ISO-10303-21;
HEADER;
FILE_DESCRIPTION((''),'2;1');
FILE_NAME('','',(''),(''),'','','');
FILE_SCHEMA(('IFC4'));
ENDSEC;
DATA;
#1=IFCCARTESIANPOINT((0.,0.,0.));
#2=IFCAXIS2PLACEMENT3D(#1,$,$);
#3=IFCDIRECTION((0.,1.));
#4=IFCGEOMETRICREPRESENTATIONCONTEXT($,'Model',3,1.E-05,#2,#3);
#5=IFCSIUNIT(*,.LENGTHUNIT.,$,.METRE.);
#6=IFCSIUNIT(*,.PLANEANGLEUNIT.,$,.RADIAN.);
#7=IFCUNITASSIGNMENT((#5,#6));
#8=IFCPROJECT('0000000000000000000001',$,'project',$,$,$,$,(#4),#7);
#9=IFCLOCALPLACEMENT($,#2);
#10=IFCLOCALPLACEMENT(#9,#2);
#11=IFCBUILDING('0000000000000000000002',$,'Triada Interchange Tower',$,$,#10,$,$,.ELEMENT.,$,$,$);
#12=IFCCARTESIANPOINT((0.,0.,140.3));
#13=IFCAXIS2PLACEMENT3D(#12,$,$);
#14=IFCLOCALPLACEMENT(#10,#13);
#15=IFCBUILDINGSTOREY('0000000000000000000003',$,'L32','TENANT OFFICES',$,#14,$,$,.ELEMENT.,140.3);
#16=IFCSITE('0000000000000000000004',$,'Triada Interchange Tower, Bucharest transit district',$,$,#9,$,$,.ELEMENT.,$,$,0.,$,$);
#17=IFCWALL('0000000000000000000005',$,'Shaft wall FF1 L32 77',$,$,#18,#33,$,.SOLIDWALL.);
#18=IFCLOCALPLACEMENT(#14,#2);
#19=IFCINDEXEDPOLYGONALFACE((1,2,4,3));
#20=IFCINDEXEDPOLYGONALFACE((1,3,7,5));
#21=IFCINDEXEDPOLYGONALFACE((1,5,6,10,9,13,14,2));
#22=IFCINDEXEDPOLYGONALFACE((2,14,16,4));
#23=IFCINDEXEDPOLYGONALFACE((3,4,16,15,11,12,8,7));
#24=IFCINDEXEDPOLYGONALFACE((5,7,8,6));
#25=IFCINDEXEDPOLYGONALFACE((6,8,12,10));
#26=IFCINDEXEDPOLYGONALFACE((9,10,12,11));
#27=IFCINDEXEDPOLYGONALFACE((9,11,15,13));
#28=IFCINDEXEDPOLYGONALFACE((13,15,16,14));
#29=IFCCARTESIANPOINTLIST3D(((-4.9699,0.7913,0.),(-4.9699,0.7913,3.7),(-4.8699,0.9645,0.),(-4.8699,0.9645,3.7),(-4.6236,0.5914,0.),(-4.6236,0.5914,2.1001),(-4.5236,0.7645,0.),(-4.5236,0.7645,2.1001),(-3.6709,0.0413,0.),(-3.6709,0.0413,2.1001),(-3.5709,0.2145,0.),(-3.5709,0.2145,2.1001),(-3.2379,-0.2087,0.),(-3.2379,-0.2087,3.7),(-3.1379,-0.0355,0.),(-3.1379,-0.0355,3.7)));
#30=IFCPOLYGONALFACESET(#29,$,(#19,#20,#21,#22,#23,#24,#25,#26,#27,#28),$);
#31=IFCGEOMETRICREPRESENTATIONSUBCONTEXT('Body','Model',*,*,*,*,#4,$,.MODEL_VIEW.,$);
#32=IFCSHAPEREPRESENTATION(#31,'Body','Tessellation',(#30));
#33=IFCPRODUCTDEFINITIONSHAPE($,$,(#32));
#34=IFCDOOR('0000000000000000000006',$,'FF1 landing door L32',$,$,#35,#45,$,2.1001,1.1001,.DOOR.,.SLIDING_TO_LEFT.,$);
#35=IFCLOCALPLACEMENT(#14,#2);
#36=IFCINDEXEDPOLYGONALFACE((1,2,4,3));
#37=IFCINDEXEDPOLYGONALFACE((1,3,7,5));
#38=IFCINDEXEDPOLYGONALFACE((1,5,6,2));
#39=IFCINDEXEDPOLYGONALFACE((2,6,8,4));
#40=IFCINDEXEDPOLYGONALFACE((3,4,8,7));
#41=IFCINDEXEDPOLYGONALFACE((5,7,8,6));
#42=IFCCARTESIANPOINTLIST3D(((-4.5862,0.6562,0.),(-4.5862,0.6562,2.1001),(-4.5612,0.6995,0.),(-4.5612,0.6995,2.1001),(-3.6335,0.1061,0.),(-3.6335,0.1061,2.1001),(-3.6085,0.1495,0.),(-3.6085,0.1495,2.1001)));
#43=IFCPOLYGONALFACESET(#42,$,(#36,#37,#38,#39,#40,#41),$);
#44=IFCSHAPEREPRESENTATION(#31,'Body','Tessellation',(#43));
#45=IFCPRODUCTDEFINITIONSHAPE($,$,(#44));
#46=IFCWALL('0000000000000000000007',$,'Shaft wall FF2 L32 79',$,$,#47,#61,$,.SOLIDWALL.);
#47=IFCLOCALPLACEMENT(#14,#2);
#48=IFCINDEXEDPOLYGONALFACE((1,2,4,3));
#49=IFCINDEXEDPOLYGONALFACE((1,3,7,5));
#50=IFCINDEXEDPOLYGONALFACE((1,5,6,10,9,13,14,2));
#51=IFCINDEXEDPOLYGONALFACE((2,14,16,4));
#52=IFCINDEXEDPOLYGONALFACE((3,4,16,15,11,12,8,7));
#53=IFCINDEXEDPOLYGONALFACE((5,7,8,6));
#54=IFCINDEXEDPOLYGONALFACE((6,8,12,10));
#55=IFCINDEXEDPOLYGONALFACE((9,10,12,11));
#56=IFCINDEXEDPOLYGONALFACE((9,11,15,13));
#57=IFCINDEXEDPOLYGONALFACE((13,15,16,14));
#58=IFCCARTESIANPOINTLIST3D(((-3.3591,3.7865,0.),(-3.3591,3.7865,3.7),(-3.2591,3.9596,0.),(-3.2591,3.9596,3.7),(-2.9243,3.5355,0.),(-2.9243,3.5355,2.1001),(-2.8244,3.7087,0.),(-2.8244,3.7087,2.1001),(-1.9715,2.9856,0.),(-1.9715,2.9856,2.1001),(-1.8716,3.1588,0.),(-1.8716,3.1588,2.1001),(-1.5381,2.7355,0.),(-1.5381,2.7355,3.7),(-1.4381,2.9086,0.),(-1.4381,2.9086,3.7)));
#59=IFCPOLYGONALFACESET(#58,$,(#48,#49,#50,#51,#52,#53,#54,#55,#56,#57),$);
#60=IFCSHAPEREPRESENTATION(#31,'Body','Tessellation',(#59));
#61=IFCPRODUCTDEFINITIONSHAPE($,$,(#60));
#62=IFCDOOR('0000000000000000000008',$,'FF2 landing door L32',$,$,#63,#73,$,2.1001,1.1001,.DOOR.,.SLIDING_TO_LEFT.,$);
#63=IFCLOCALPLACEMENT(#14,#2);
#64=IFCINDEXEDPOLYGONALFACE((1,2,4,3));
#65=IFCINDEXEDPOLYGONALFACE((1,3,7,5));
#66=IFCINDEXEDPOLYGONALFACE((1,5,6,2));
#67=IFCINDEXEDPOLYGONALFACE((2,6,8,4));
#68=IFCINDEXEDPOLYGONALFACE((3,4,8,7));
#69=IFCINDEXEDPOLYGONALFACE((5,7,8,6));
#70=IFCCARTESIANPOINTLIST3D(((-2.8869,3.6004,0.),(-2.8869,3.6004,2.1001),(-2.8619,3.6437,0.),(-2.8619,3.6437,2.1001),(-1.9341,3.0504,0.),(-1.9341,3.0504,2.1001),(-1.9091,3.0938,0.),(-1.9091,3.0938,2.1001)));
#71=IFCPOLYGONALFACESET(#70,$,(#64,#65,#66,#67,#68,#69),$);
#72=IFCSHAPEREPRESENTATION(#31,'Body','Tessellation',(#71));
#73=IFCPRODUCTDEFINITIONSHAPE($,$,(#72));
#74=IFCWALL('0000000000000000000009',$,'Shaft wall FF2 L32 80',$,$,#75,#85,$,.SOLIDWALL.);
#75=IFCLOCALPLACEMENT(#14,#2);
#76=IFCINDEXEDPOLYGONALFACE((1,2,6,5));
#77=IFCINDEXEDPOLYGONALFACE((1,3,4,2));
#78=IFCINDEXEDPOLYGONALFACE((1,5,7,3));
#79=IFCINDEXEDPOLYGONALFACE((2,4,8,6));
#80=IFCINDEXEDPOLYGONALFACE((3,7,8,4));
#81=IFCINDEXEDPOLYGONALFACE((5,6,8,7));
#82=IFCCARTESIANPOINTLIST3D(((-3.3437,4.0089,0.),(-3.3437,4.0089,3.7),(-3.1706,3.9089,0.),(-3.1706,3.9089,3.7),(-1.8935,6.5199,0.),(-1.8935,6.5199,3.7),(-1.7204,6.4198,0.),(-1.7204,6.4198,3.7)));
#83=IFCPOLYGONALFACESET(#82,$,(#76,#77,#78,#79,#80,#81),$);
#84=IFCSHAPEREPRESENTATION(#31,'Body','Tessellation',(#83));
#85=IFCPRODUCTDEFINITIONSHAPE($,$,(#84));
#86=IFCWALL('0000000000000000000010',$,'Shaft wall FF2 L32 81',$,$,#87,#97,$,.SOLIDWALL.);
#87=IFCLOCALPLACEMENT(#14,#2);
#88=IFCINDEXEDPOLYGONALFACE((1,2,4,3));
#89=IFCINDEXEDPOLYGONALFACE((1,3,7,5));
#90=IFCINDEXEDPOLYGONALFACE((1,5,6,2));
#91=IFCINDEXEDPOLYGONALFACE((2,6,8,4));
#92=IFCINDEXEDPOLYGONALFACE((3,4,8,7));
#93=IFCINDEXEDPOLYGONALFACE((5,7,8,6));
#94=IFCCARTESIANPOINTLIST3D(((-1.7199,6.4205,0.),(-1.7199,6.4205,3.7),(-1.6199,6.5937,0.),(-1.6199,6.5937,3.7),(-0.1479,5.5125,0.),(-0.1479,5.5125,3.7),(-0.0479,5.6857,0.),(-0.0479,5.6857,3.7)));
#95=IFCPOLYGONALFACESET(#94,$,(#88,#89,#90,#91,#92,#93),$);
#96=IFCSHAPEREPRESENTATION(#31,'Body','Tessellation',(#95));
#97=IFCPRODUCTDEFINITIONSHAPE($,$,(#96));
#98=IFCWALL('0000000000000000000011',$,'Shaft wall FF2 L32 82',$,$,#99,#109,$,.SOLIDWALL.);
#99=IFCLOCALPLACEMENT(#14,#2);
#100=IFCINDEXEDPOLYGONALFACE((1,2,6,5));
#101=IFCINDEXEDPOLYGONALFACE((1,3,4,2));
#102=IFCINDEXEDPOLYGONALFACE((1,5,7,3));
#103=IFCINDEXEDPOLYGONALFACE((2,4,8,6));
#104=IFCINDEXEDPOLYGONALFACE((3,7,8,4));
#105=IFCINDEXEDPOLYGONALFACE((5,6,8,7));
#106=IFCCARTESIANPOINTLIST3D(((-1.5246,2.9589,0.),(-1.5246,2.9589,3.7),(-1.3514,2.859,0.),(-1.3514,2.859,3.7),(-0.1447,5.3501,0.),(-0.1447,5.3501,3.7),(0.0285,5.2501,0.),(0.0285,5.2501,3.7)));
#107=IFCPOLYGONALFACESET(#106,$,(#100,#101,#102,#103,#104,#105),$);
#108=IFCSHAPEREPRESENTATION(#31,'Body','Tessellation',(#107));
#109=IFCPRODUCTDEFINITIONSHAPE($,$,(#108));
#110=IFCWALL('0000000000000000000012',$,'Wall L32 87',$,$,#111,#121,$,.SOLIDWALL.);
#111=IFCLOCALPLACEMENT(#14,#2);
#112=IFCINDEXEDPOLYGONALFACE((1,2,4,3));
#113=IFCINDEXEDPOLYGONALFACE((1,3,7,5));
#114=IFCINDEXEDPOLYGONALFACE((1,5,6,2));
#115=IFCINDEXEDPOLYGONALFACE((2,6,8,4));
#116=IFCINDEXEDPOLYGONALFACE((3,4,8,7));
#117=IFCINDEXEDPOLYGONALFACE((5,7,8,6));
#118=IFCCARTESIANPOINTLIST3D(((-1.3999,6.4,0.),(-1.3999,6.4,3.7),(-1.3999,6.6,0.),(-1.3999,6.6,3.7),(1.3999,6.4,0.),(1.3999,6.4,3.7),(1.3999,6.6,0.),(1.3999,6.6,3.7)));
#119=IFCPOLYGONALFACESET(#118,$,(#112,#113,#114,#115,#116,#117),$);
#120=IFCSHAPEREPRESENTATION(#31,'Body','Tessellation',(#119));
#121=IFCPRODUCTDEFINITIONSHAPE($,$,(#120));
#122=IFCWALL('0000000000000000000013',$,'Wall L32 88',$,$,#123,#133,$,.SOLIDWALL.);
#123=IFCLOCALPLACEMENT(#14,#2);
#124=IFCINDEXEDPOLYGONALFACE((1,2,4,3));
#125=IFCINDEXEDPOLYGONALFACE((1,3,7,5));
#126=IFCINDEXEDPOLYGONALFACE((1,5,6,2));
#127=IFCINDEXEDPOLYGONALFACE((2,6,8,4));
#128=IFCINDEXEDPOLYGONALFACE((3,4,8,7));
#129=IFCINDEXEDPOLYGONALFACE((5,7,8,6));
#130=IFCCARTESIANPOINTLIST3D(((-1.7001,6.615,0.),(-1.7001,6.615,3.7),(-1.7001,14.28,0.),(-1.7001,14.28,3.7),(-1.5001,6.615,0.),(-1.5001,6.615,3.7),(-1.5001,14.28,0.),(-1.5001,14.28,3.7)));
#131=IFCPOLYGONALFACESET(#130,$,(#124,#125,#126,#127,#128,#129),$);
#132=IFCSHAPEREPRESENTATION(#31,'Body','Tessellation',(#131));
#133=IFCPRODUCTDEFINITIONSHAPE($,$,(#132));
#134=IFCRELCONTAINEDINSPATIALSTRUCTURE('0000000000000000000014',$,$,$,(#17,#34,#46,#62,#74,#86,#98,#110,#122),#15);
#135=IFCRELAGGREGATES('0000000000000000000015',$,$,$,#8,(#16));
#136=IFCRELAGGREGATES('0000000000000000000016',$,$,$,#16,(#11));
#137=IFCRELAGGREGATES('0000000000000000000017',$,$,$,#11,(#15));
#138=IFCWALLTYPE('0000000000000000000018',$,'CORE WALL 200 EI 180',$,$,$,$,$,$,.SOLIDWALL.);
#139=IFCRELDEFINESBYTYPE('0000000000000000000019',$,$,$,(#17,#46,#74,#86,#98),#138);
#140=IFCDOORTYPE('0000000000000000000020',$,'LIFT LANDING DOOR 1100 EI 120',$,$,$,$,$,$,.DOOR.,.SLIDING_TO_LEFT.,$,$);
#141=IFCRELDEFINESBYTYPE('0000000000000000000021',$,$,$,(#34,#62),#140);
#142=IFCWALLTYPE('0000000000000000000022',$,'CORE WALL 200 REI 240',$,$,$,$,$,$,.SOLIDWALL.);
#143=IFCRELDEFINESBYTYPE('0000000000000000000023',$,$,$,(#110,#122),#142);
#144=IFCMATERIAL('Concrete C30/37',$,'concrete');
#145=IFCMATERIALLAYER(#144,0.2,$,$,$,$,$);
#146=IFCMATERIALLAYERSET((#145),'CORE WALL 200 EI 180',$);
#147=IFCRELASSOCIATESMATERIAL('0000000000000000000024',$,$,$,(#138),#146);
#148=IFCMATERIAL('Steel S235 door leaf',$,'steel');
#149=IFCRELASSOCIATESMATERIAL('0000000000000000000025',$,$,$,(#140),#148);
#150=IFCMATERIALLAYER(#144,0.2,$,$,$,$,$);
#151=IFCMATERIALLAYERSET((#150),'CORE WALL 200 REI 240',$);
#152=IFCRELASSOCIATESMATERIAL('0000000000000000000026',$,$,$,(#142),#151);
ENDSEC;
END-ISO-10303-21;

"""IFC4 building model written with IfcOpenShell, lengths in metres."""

from ifc_helpers import new_model, si_unit, direction, frame, frame_2d, origin, place, context, subcontext, project, spatial, rectangle, extrude, material, layer, layer_set, type_object, element, fill, save


model = new_model("IFC4")

# Units and contexts
model_context = context("Model", 3, precision=1e-05, world=origin(), true_north=direction((0.0, 1.0)))
body_context = subcontext(model_context, "Body", "Model", "MODEL_VIEW")
ifc_project = project(units=[si_unit("LENGTHUNIT", "METRE"), si_unit("PLANEANGLEUNIT", "RADIAN")], contexts=[model_context])

# Site, building, storey
site_placement = place(None, origin())
site = spatial("IfcSite", under=ifc_project, at=site_placement, Name="Triada Interchange Tower, Bucharest transit district", CompositionType="ELEMENT", RefElevation=0.0)
building_placement = place(site_placement, origin())
building = spatial("IfcBuilding", under=site, at=building_placement, Name="Triada Interchange Tower", CompositionType="ELEMENT")
storey_placement = place(building_placement, frame((0.0, 0.0, 140.3)))
storey = spatial("IfcBuildingStorey", under=building, at=storey_placement, Name="L32", Description="TENANT OFFICES", CompositionType="ELEMENT", Elevation=140.3)

# Shared definitions
ifc_material_1 = material(Name="Concrete C30/37", Category="concrete")

# Shared definitions
ifc_layer_1 = layer(ifc_material_1, 0.2)
ifc_layer_set_1 = layer_set([ifc_layer_1], Name="CORE WALL 200 EI 180")
wall_type_1 = type_object("IfcWallType", Name="CORE WALL 200 EI 180", PredefinedType="SOLIDWALL", material=ifc_layer_set_1)
ifc_material_2 = material(Name="Steel S235 door leaf", Category="steel")
door_type_1 = type_object("IfcDoorType", Name="LIFT LANDING DOOR 1100 EI 120", OperationType="SLIDING_TO_LEFT", PredefinedType="DOOR", material=ifc_material_2)

# Walls, openings, doors
wall_1_placement = place(storey_placement, frame((-4.9199, 0.8779, 0.0), z_axis=(0.0, 0.0, 1.0), x_axis=(0.866011, -0.500025, 0.0)))
wall_1 = element("IfcWall", 1, at=wall_1_placement, inside=storey, type_object=wall_type_1, Name="Shaft wall FF1 L32 77", PredefinedType="SOLIDWALL", context=body_context, shape_type="SweptSolid", body=[
    extrude(rectangle(XDim=2.0, YDim=0.2, at=frame_2d((1.0, 0.0))), origin(), (0.0, 0.0, 1.0), 3.7),
])
opening_1_placement = place(wall_1_placement, frame((0.3999, 0.0, 0.0)))
opening_1 = element("IfcOpeningElement", 2, at=opening_1_placement, cuts=wall_1, PredefinedType="OPENING", context=body_context, shape_type="SweptSolid", body=[
    extrude(rectangle(XDim=1.1001, YDim=2.1001, at=frame_2d((0.55, 1.05))), frame((0.0, 0.1099, 0.0), z_axis=(0.0, -1.0, 0.0), x_axis=(1.0, 0.0, 0.0)), (0.0, 0.0, 1.0), 0.22),
])
door_1_placement = place(opening_1_placement, origin())
door_1 = element("IfcDoor", 3, at=door_1_placement, inside=storey, type_object=door_type_1, Name="FF1 landing door L32", OperationType="SLIDING_TO_LEFT", OverallHeight=2.1001, OverallWidth=1.1001, PredefinedType="DOOR", context=body_context, shape_type="SweptSolid", body=[
    extrude(rectangle(XDim=1.1001, YDim=2.1001, at=frame_2d((0.55, 1.05))), frame((0.0, 0.0249, 0.0), z_axis=(0.0, -1.0, 0.0), x_axis=(1.0, 0.0, 0.0)), (0.0, 0.0, 1.0), 0.05),
])
fill(opening_1, door_1)
wall_2_placement = place(storey_placement, frame((-3.3091, 3.873, 0.0), z_axis=(0.0, 0.0, 1.0), x_axis=(0.866099, -0.499873, 0.0)))
wall_2 = element("IfcWall", 4, at=wall_2_placement, inside=storey, type_object=wall_type_1, Name="Shaft wall FF2 L32 79", PredefinedType="SOLIDWALL", context=body_context, shape_type="SweptSolid", body=[
    extrude(rectangle(XDim=2.1025, YDim=0.2, at=frame_2d((1.0513, 0.0))), origin(), (0.0, 0.0, 1.0), 3.7),
])
opening_2_placement = place(wall_2_placement, frame((0.502, 0.0, 0.0)))
opening_2 = element("IfcOpeningElement", 5, at=opening_2_placement, cuts=wall_2, PredefinedType="OPENING", context=body_context, shape_type="SweptSolid", body=[
    extrude(rectangle(XDim=1.1001, YDim=2.1001, at=frame_2d((0.55, 1.05))), frame((0.0, 0.1099, 0.0), z_axis=(0.0, -1.0, 0.0), x_axis=(1.0, 0.0, 0.0)), (0.0, 0.0, 1.0), 0.22),
])
door_2_placement = place(opening_2_placement, origin())
door_2 = element("IfcDoor", 6, at=door_2_placement, inside=storey, type_object=door_type_1, Name="FF2 landing door L32", OperationType="SLIDING_TO_LEFT", OverallHeight=2.1001, OverallWidth=1.1001, PredefinedType="DOOR", context=body_context, shape_type="SweptSolid", body=[
    extrude(rectangle(XDim=1.1001, YDim=2.1001, at=frame_2d((0.55, 1.05))), frame((0.0, 0.0249, 0.0), z_axis=(0.0, -1.0, 0.0), x_axis=(1.0, 0.0, 0.0)), (0.0, 0.0, 1.0), 0.05),
])
fill(opening_2, door_2)

# Walls
wall_3_placement = place(storey_placement, frame((-3.2571, 3.959, 0.0), z_axis=(0.0, 0.0, 1.0), x_axis=(0.500123, 0.865954, 0.0)))
element("IfcWall", 7, at=wall_3_placement, inside=storey, type_object=wall_type_1, Name="Shaft wall FF2 L32 80", PredefinedType="SOLIDWALL", context=body_context, shape_type="SweptSolid", body=[
    extrude(rectangle(XDim=2.8997, YDim=0.2, at=frame_2d((1.4497, 0.0))), origin(), (0.0, 0.0, 1.0), 3.7),
])
wall_4_placement = place(storey_placement, frame((-1.6699, 6.5071, 0.0), z_axis=(0.0, 0.0, 1.0), x_axis=(0.865941, -0.500145, 0.0)))
element("IfcWall", 8, at=wall_4_placement, inside=storey, type_object=wall_type_1, Name="Shaft wall FF2 L32 81", PredefinedType="SOLIDWALL", context=body_context, shape_type="SweptSolid", body=[
    extrude(rectangle(XDim=1.8154, YDim=0.2, at=frame_2d((0.9077, 0.0))), origin(), (0.0, 0.0, 1.0), 3.7),
])
wall_5_placement = place(storey_placement, frame((-1.438, 2.9089, 0.0), z_axis=(0.0, 0.0, 1.0), x_axis=(0.49983, 0.866124, 0.0)))
element("IfcWall", 9, at=wall_5_placement, inside=storey, type_object=wall_type_1, Name="Shaft wall FF2 L32 82", PredefinedType="SOLIDWALL", context=body_context, shape_type="SweptSolid", body=[
    extrude(rectangle(XDim=2.7607, YDim=0.2, at=frame_2d((1.3804, 0.0))), origin(), (0.0, 0.0, 1.0), 3.7),
])
ifc_layer_2 = layer(ifc_material_1, 0.2)
ifc_layer_set_2 = layer_set([ifc_layer_2], Name="CORE WALL 200 REI 240")
wall_type_2 = type_object("IfcWallType", Name="CORE WALL 200 REI 240", PredefinedType="SOLIDWALL", material=ifc_layer_set_2)
wall_6_placement = place(storey_placement, frame((-1.3999, 6.5, 0.0), z_axis=(0.0, 0.0, 1.0), x_axis=(1.0, 0.0, 0.0)))
element("IfcWall", 10, at=wall_6_placement, inside=storey, type_object=wall_type_2, Name="Wall L32 87", PredefinedType="SOLIDWALL", context=body_context, shape_type="SweptSolid", body=[
    extrude(rectangle(XDim=2.7998, YDim=0.2, at=frame_2d((1.3999, 0.0))), origin(), (0.0, 0.0, 1.0), 3.7),
])
wall_7_placement = place(storey_placement, frame((-1.6001, 6.615, 0.0), z_axis=(0.0, 0.0, 1.0), x_axis=(0.0, 1.0, 0.0)))
element("IfcWall", 11, at=wall_7_placement, inside=storey, type_object=wall_type_2, Name="Wall L32 88", PredefinedType="SOLIDWALL", context=body_context, shape_type="SweptSolid", body=[
    extrude(rectangle(XDim=7.665, YDim=0.2, at=frame_2d((3.8325, 0.0))), origin(), (0.0, 0.0, 1.0), 3.7),
])

save(model, "model.ifc")
